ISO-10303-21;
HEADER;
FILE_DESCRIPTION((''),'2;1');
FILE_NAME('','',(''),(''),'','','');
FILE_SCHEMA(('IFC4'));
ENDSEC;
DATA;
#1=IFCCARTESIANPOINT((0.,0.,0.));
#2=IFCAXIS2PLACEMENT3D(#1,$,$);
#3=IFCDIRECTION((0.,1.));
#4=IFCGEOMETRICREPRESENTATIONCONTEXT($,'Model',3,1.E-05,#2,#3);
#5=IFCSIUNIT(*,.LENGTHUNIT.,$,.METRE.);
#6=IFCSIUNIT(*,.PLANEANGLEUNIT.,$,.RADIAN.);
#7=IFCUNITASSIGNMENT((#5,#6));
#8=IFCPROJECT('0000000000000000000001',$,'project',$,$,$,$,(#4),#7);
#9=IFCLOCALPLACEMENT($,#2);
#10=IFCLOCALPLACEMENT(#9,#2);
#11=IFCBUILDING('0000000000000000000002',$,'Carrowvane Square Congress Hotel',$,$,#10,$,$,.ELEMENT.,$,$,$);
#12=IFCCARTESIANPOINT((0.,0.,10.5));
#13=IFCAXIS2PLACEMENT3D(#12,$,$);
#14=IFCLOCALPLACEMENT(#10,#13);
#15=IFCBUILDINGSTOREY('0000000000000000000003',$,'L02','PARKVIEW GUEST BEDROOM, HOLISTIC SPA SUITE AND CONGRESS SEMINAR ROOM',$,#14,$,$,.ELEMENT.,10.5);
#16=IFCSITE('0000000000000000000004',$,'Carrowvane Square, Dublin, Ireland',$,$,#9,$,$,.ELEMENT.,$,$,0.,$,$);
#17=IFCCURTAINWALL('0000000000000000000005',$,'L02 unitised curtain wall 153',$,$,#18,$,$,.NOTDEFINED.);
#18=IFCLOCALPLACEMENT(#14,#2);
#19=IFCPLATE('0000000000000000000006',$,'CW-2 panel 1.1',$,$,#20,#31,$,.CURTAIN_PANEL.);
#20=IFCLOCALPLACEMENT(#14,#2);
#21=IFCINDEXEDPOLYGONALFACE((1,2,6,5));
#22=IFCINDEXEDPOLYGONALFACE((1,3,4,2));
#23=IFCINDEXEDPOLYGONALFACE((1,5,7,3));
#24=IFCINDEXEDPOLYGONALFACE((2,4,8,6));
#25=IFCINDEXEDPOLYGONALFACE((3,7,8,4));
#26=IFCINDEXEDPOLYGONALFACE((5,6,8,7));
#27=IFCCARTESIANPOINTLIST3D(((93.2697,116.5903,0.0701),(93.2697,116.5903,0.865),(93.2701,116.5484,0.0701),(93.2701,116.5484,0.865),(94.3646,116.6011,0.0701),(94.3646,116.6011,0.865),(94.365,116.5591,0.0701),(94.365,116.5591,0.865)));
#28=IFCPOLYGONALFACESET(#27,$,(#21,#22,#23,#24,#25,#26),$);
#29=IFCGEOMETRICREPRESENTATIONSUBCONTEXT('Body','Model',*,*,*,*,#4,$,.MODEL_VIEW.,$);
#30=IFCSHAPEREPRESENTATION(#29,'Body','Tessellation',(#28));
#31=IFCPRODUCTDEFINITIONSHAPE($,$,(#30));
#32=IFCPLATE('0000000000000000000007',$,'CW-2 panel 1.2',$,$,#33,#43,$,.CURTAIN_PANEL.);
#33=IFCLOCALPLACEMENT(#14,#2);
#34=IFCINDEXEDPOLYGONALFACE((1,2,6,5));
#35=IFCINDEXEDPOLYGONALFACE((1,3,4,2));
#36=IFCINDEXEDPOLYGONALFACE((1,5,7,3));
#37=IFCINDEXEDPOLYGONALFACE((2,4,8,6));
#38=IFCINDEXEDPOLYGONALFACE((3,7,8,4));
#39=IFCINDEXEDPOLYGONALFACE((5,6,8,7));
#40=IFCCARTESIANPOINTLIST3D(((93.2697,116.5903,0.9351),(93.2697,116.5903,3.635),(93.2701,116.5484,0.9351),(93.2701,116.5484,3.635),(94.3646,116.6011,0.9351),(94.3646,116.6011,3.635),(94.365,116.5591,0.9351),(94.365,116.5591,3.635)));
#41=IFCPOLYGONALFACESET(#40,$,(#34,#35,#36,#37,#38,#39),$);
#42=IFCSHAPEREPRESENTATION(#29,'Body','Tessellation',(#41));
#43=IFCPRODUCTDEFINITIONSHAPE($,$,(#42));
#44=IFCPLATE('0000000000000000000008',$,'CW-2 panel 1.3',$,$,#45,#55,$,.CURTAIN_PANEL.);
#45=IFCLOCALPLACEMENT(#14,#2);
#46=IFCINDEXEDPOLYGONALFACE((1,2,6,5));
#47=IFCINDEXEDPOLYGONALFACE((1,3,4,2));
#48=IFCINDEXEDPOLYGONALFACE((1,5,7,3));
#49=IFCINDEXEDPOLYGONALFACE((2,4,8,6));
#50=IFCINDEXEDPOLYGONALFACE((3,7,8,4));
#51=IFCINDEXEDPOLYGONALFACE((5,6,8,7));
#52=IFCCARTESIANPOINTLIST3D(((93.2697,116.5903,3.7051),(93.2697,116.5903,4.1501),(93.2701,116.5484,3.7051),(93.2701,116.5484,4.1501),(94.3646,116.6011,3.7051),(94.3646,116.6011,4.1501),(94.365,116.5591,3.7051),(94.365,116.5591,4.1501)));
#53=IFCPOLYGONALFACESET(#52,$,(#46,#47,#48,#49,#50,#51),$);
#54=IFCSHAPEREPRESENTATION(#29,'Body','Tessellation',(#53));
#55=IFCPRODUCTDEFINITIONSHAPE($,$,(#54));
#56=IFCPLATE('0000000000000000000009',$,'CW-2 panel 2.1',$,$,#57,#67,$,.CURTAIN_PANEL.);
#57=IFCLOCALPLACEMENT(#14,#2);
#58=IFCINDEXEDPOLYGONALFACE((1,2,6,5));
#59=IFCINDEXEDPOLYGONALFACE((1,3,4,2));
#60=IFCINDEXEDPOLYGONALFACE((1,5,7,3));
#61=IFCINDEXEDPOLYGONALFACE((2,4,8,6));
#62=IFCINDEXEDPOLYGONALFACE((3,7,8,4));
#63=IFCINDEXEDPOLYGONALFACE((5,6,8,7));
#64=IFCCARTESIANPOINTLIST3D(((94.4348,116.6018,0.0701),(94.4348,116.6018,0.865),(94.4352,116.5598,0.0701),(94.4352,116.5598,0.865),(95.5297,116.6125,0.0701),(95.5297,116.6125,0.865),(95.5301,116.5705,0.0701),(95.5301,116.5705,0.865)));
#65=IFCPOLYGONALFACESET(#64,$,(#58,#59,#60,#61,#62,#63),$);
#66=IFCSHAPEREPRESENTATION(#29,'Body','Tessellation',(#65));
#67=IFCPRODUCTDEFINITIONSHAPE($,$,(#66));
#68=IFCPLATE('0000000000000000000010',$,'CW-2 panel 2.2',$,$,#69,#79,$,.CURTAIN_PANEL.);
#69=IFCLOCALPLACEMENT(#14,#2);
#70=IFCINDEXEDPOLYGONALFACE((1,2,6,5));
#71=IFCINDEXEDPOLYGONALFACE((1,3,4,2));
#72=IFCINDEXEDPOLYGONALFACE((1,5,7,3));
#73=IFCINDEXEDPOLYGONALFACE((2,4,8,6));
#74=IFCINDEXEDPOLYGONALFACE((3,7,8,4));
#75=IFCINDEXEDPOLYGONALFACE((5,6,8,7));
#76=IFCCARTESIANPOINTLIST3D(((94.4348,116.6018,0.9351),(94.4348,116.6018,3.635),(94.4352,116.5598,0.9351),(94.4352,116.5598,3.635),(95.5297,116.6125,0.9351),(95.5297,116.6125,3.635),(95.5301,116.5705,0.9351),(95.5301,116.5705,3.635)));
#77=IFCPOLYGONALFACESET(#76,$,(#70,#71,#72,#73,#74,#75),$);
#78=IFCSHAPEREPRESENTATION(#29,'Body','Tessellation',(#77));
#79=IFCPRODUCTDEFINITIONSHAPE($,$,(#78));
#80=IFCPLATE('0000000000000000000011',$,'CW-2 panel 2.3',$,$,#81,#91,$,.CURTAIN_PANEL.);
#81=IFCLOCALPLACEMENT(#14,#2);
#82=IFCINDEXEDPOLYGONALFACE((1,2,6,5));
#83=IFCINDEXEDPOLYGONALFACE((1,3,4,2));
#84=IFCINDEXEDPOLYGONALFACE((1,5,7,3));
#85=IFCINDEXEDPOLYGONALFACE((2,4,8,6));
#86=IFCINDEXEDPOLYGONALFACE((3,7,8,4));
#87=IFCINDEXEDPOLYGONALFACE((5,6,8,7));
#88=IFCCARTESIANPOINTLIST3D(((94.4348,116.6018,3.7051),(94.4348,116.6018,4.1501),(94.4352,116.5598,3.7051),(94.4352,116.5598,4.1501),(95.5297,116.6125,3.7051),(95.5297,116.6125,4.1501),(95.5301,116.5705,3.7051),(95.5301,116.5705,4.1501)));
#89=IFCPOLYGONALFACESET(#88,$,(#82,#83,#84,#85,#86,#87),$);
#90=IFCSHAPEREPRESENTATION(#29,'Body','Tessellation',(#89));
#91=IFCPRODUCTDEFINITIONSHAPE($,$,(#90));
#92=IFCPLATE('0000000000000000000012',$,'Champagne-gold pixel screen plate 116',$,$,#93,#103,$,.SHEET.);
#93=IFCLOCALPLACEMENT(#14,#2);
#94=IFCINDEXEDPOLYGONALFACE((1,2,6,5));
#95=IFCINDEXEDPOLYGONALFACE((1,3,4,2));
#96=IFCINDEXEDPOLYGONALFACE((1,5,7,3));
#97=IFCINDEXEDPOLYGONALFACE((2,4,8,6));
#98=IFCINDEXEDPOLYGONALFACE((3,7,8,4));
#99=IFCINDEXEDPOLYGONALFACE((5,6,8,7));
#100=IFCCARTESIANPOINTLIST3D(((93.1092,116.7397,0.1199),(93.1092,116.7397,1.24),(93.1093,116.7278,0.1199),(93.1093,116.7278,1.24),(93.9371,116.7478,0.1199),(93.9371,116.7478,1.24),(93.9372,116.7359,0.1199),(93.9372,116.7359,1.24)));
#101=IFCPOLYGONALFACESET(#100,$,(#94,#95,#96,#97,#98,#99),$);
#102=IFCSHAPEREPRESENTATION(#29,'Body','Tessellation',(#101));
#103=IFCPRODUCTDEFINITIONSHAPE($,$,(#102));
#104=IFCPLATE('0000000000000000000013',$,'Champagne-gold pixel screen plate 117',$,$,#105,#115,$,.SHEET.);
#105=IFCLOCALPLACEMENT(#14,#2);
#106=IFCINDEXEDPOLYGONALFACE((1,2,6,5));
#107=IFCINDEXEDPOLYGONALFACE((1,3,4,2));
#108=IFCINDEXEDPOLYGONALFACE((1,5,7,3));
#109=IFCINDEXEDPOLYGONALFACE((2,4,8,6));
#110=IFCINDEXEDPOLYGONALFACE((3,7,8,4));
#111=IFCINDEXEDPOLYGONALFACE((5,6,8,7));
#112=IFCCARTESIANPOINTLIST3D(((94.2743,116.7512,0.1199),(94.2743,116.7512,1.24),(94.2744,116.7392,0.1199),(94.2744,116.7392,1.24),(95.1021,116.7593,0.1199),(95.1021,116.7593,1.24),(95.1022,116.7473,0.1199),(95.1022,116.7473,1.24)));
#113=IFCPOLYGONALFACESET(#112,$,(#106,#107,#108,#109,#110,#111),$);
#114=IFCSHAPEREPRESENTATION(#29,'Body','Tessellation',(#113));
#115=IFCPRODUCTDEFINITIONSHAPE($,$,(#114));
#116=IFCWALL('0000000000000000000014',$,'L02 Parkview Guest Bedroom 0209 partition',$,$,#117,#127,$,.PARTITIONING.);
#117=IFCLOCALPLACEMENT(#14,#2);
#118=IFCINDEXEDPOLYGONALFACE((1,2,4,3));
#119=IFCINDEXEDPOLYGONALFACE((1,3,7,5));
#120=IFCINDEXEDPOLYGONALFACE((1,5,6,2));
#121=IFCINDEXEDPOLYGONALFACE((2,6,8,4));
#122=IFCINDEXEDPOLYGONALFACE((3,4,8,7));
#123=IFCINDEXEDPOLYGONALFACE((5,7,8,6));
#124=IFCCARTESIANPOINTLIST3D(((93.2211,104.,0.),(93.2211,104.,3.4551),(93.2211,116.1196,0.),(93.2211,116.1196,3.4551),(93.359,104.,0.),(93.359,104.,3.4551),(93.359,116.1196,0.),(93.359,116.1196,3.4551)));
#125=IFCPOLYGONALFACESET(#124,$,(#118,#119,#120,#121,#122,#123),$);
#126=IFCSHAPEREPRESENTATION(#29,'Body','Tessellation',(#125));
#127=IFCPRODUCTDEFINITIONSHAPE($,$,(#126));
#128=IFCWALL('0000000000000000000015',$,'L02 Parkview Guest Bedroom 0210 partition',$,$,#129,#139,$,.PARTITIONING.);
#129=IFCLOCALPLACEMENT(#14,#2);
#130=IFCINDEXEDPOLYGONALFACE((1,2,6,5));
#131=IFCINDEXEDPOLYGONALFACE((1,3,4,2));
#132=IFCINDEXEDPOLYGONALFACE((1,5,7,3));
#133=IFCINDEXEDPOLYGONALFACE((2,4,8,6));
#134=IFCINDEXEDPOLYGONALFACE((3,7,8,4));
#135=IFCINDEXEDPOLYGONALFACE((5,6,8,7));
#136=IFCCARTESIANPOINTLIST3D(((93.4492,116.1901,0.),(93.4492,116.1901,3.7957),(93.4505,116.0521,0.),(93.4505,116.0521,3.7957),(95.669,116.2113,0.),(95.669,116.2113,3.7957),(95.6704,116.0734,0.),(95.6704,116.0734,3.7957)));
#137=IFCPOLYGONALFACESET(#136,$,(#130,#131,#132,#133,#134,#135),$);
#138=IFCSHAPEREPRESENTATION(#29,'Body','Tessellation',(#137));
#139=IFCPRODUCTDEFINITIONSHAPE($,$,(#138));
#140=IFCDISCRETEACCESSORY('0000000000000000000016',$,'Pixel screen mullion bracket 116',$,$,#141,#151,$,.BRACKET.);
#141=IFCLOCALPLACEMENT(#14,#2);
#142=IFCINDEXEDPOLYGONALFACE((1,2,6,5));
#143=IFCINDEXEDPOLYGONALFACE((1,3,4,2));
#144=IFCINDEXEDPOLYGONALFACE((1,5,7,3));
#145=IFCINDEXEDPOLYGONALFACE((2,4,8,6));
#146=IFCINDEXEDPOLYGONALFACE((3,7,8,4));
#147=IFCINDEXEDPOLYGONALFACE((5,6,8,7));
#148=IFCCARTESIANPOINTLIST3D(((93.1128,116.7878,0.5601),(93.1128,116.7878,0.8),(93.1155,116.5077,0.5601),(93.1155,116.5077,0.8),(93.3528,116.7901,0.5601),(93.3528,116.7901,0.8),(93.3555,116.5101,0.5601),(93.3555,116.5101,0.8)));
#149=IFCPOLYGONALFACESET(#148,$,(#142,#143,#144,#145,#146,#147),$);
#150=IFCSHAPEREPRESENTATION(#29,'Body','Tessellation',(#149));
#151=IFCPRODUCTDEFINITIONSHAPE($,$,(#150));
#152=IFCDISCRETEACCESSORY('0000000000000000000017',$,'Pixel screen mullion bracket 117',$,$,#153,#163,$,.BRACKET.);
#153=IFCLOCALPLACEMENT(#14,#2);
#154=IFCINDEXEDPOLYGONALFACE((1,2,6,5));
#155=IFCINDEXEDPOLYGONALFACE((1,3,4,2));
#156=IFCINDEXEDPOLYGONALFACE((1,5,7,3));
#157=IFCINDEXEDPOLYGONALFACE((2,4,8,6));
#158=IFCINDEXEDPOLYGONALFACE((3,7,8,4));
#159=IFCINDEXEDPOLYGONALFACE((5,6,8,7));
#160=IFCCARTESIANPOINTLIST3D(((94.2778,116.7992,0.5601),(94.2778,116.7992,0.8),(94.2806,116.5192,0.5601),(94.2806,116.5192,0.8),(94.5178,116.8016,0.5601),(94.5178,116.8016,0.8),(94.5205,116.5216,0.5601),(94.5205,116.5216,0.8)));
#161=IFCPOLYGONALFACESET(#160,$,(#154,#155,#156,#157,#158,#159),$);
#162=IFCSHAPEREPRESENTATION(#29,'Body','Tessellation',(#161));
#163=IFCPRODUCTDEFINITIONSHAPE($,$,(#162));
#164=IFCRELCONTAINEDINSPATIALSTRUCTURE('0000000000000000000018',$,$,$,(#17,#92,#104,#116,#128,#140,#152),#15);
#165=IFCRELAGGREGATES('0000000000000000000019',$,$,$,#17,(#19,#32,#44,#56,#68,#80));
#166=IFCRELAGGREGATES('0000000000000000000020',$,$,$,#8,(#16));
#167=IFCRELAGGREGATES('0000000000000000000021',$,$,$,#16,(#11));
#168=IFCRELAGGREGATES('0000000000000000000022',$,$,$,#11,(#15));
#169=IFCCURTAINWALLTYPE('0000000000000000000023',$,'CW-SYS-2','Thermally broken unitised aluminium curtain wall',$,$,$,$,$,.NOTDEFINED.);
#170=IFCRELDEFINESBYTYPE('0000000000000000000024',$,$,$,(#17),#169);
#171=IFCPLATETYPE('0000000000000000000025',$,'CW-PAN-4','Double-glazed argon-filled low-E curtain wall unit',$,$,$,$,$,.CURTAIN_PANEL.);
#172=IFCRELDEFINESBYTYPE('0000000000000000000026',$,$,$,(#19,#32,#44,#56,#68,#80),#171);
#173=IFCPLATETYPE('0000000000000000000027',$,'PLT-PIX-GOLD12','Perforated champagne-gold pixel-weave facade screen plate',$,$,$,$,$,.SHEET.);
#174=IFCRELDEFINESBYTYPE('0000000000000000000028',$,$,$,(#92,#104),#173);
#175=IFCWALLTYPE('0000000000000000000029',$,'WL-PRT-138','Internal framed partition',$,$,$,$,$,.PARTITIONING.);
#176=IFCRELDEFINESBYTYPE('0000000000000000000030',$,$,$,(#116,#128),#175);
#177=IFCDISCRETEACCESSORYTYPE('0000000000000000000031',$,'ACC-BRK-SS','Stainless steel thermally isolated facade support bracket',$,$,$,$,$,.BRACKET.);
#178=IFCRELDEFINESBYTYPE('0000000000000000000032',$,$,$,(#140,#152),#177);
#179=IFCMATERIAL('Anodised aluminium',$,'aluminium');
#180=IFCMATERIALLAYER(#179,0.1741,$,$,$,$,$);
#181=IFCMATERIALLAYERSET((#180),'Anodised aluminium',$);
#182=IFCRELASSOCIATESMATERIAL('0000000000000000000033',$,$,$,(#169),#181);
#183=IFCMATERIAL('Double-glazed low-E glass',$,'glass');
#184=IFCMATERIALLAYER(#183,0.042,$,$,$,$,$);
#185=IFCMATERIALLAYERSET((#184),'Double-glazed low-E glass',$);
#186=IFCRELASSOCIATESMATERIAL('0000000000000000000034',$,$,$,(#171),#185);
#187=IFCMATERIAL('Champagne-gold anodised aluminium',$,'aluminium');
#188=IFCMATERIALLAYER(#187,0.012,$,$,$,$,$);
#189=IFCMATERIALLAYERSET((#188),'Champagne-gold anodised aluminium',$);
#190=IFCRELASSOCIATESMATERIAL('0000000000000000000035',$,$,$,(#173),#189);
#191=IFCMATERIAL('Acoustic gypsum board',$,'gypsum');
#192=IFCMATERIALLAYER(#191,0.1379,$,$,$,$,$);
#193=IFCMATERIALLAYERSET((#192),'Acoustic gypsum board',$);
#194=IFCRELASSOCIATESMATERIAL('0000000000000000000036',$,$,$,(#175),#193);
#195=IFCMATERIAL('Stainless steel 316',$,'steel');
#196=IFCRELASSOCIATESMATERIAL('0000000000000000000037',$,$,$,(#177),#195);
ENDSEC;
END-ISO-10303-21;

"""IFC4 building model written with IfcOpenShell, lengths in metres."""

from ifc_helpers import new_model, si_unit, direction, frame, frame_2d, origin, origin_2d, place, context, subcontext, project, spatial, rectangle, extrude, material, layer, layer_set, type_object, element, aggregate, save


model = new_model("IFC4")

# Units and contexts
model_context = context("Model", 3, precision=1e-05, world=origin(), true_north=direction((0.0, 1.0)))
body_context = subcontext(model_context, "Body", "Model", "MODEL_VIEW")
ifc_project = project(units=[si_unit("LENGTHUNIT", "METRE"), si_unit("PLANEANGLEUNIT", "RADIAN")], contexts=[model_context])

# Site, building, storey
site_placement = place(None, origin())
site = spatial("IfcSite", under=ifc_project, at=site_placement, Name="Carrowvane Square, Dublin, Ireland", CompositionType="ELEMENT", RefElevation=0.0)
building_placement = place(site_placement, origin())
building = spatial("IfcBuilding", under=site, at=building_placement, Name="Carrowvane Square Congress Hotel", CompositionType="ELEMENT")
storey_placement = place(building_placement, frame((0.0, 0.0, 10.5)))
storey = spatial("IfcBuildingStorey", under=building, at=storey_placement, Name="L02", Description="PARKVIEW GUEST BEDROOM, HOLISTIC SPA SUITE AND CONGRESS SEMINAR ROOM", CompositionType="ELEMENT", Elevation=10.5)

# Curtain wall, plates
ifc_material_1 = material(Name="Anodised aluminium", Category="aluminium")
ifc_layer_1 = layer(ifc_material_1, 0.1741)
ifc_layer_set_1 = layer_set([ifc_layer_1], Name="Anodised aluminium")
curtain_wall_type = type_object("IfcCurtainWallType", Name="CW-SYS-2", Description="Thermally broken unitised aluminium curtain wall", PredefinedType="NOTDEFINED", material=ifc_layer_set_1)
curtain_wall_placement = place(storey_placement, origin())
curtain_wall = element("IfcCurtainWall", 1, at=curtain_wall_placement, inside=storey, type_object=curtain_wall_type, Name="L02 unitised curtain wall 153", PredefinedType="NOTDEFINED")
ifc_material_2 = material(Name="Double-glazed low-E glass", Category="glass")
ifc_layer_2 = layer(ifc_material_2, 0.042)
ifc_layer_set_2 = layer_set([ifc_layer_2], Name="Double-glazed low-E glass")
plate_type_1 = type_object("IfcPlateType", Name="CW-PAN-4", Description="Double-glazed argon-filled low-E curtain wall unit", PredefinedType="CURTAIN_PANEL", material=ifc_layer_set_2)
plate_1_placement = place(storey_placement, frame((93.8174, 116.5747, 0.0701), z_axis=(0.0, 0.0, 1.0), x_axis=(0.999952, 0.009783, 0.0)))
plate_1 = element("IfcPlate", 2, at=plate_1_placement, type_object=plate_type_1, Name="CW-2 panel 1.1", PredefinedType="CURTAIN_PANEL", context=body_context, shape_type="SweptSolid", body=[
    extrude(rectangle(XDim=1.095, YDim=0.042, at=origin_2d()), origin(), (0.0, 0.0, 1.0), 0.7949),
])
plate_2_placement = place(storey_placement, frame((93.8174, 116.5747, 0.9351), z_axis=(0.0, 0.0, 1.0), x_axis=(0.999952, 0.009783, 0.0)))
plate_2 = element("IfcPlate", 3, at=plate_2_placement, type_object=plate_type_1, Name="CW-2 panel 1.2", PredefinedType="CURTAIN_PANEL", context=body_context, shape_type="SweptSolid", body=[
    extrude(rectangle(XDim=1.095, YDim=0.042, at=origin_2d()), origin(), (0.0, 0.0, 1.0), 2.7),
])
plate_3_placement = place(storey_placement, frame((93.8174, 116.5747, 3.7051), z_axis=(0.0, 0.0, 1.0), x_axis=(0.999952, 0.009783, 0.0)))
plate_3 = element("IfcPlate", 4, at=plate_3_placement, type_object=plate_type_1, Name="CW-2 panel 1.3", PredefinedType="CURTAIN_PANEL", context=body_context, shape_type="SweptSolid", body=[
    extrude(rectangle(XDim=1.095, YDim=0.042, at=origin_2d()), origin(), (0.0, 0.0, 1.0), 0.4451),
])
plate_4_placement = place(storey_placement, frame((94.9824, 116.5862, 0.0701), z_axis=(0.0, 0.0, 1.0), x_axis=(0.999952, 0.009783, 0.0)))
plate_4 = element("IfcPlate", 5, at=plate_4_placement, type_object=plate_type_1, Name="CW-2 panel 2.1", PredefinedType="CURTAIN_PANEL", context=body_context, shape_type="SweptSolid", body=[
    extrude(rectangle(XDim=1.095, YDim=0.042, at=origin_2d()), origin(), (0.0, 0.0, 1.0), 0.7949),
])
plate_5_placement = place(storey_placement, frame((94.9824, 116.5862, 0.9351), z_axis=(0.0, 0.0, 1.0), x_axis=(0.999952, 0.009783, 0.0)))
plate_5 = element("IfcPlate", 6, at=plate_5_placement, type_object=plate_type_1, Name="CW-2 panel 2.2", PredefinedType="CURTAIN_PANEL", context=body_context, shape_type="SweptSolid", body=[
    extrude(rectangle(XDim=1.095, YDim=0.042, at=origin_2d()), origin(), (0.0, 0.0, 1.0), 2.7),
])
plate_6_placement = place(storey_placement, frame((94.9824, 116.5862, 3.7051), z_axis=(0.0, 0.0, 1.0), x_axis=(0.999952, 0.009783, 0.0)))
plate_6 = element("IfcPlate", 7, at=plate_6_placement, type_object=plate_type_1, Name="CW-2 panel 2.3", PredefinedType="CURTAIN_PANEL", context=body_context, shape_type="SweptSolid", body=[
    extrude(rectangle(XDim=1.095, YDim=0.042, at=origin_2d()), origin(), (0.0, 0.0, 1.0), 0.4451),
])
aggregate(curtain_wall, [plate_1, plate_2, plate_3, plate_4, plate_5, plate_6])

# Plates
ifc_material_3 = material(Name="Champagne-gold anodised aluminium", Category="aluminium")
ifc_layer_3 = layer(ifc_material_3, 0.012)
ifc_layer_set_3 = layer_set([ifc_layer_3], Name="Champagne-gold anodised aluminium")
plate_type_2 = type_object("IfcPlateType", Name="PLT-PIX-GOLD12", Description="Perforated champagne-gold pixel-weave facade screen plate", PredefinedType="SHEET", material=ifc_layer_set_3)
for number, where, z_axis, x_axis, name in (
    (8, (93.5232, 116.7378, 0.1199), (0.0, 0.0, 1.0), (0.999952, 0.009782, 0.0), "Champagne-gold pixel screen plate 116"),
    (9, (94.6882, 116.7493, 0.1199), (0.0, 0.0, 1.0), (0.999952, 0.009782, 0.0), "Champagne-gold pixel screen plate 117"),
):
    element("IfcPlate", number, at=place(storey_placement, frame(where, z_axis=z_axis, x_axis=x_axis)), inside=storey, type_object=plate_type_2, Name=name, PredefinedType="SHEET", context=body_context, shape_type="SweptSolid", body=[
        extrude(rectangle(XDim=0.8279, YDim=0.012, at=origin_2d()), origin(), (0.0, 0.0, 1.0), 1.1201),
    ])

# Walls
ifc_material_4 = material(Name="Acoustic gypsum board", Category="gypsum")
ifc_layer_4 = layer(ifc_material_4, 0.1379)
ifc_layer_set_4 = layer_set([ifc_layer_4], Name="Acoustic gypsum board")
wall_type = type_object("IfcWallType", Name="WL-PRT-138", Description="Internal framed partition", PredefinedType="PARTITIONING", material=ifc_layer_set_4)
wall_1_placement = place(storey_placement, frame((93.29, 116.1196, 0.0), z_axis=(0.0, 0.0, 1.0), x_axis=(0.0, -1.0, 0.0)))
element("IfcWall", 10, at=wall_1_placement, inside=storey, type_object=wall_type, Name="L02 Parkview Guest Bedroom 0209 partition", PredefinedType="PARTITIONING", context=body_context, shape_type="SweptSolid", body=[
    extrude(rectangle(XDim=12.1196, YDim=0.1379, at=frame_2d((6.0598, 0.0))), origin(), (0.0, 0.0, 1.0), 3.4551),
])
wall_2_placement = place(storey_placement, frame((93.45, 116.1211, 0.0), z_axis=(0.0, 0.0, 1.0), x_axis=(0.999954, 0.009567, 0.0)))
element("IfcWall", 11, at=wall_2_placement, inside=storey, type_object=wall_type, Name="L02 Parkview Guest Bedroom 0210 partition", PredefinedType="PARTITIONING", context=body_context, shape_type="SweptSolid", body=[
    extrude(rectangle(XDim=2.22, YDim=0.1379, at=frame_2d((1.1099, 0.0))), origin(), (0.0, 0.0, 1.0), 3.7957),
])

# Discrete accessories
ifc_material_5 = material(Name="Stainless steel 316", Category="steel")
discrete_accessory_type = type_object("IfcDiscreteAccessoryType", Name="ACC-BRK-SS", Description="Stainless steel thermally isolated facade support bracket", PredefinedType="BRACKET", material=ifc_material_5)
for number, where, z_axis, x_axis, name in (
    (12, (93.2341, 116.6489, 0.5601), (0.0, 0.0, 1.0), (0.999952, 0.009782, 0.0), "Pixel screen mullion bracket 116"),
    (13, (94.3992, 116.6604, 0.5601), (0.0, 0.0, 1.0), (0.999952, 0.009782, 0.0), "Pixel screen mullion bracket 117"),
):
    element("IfcDiscreteAccessory", number, at=place(storey_placement, frame(where, z_axis=z_axis, x_axis=x_axis)), inside=storey, type_object=discrete_accessory_type, Name=name, PredefinedType="BRACKET", context=body_context, shape_type="SweptSolid", body=[
        extrude(rectangle(XDim=0.24, YDim=0.28, at=origin_2d()), origin(), (0.0, 0.0, 1.0), 0.24),
    ])

save(model, "model.ifc")
